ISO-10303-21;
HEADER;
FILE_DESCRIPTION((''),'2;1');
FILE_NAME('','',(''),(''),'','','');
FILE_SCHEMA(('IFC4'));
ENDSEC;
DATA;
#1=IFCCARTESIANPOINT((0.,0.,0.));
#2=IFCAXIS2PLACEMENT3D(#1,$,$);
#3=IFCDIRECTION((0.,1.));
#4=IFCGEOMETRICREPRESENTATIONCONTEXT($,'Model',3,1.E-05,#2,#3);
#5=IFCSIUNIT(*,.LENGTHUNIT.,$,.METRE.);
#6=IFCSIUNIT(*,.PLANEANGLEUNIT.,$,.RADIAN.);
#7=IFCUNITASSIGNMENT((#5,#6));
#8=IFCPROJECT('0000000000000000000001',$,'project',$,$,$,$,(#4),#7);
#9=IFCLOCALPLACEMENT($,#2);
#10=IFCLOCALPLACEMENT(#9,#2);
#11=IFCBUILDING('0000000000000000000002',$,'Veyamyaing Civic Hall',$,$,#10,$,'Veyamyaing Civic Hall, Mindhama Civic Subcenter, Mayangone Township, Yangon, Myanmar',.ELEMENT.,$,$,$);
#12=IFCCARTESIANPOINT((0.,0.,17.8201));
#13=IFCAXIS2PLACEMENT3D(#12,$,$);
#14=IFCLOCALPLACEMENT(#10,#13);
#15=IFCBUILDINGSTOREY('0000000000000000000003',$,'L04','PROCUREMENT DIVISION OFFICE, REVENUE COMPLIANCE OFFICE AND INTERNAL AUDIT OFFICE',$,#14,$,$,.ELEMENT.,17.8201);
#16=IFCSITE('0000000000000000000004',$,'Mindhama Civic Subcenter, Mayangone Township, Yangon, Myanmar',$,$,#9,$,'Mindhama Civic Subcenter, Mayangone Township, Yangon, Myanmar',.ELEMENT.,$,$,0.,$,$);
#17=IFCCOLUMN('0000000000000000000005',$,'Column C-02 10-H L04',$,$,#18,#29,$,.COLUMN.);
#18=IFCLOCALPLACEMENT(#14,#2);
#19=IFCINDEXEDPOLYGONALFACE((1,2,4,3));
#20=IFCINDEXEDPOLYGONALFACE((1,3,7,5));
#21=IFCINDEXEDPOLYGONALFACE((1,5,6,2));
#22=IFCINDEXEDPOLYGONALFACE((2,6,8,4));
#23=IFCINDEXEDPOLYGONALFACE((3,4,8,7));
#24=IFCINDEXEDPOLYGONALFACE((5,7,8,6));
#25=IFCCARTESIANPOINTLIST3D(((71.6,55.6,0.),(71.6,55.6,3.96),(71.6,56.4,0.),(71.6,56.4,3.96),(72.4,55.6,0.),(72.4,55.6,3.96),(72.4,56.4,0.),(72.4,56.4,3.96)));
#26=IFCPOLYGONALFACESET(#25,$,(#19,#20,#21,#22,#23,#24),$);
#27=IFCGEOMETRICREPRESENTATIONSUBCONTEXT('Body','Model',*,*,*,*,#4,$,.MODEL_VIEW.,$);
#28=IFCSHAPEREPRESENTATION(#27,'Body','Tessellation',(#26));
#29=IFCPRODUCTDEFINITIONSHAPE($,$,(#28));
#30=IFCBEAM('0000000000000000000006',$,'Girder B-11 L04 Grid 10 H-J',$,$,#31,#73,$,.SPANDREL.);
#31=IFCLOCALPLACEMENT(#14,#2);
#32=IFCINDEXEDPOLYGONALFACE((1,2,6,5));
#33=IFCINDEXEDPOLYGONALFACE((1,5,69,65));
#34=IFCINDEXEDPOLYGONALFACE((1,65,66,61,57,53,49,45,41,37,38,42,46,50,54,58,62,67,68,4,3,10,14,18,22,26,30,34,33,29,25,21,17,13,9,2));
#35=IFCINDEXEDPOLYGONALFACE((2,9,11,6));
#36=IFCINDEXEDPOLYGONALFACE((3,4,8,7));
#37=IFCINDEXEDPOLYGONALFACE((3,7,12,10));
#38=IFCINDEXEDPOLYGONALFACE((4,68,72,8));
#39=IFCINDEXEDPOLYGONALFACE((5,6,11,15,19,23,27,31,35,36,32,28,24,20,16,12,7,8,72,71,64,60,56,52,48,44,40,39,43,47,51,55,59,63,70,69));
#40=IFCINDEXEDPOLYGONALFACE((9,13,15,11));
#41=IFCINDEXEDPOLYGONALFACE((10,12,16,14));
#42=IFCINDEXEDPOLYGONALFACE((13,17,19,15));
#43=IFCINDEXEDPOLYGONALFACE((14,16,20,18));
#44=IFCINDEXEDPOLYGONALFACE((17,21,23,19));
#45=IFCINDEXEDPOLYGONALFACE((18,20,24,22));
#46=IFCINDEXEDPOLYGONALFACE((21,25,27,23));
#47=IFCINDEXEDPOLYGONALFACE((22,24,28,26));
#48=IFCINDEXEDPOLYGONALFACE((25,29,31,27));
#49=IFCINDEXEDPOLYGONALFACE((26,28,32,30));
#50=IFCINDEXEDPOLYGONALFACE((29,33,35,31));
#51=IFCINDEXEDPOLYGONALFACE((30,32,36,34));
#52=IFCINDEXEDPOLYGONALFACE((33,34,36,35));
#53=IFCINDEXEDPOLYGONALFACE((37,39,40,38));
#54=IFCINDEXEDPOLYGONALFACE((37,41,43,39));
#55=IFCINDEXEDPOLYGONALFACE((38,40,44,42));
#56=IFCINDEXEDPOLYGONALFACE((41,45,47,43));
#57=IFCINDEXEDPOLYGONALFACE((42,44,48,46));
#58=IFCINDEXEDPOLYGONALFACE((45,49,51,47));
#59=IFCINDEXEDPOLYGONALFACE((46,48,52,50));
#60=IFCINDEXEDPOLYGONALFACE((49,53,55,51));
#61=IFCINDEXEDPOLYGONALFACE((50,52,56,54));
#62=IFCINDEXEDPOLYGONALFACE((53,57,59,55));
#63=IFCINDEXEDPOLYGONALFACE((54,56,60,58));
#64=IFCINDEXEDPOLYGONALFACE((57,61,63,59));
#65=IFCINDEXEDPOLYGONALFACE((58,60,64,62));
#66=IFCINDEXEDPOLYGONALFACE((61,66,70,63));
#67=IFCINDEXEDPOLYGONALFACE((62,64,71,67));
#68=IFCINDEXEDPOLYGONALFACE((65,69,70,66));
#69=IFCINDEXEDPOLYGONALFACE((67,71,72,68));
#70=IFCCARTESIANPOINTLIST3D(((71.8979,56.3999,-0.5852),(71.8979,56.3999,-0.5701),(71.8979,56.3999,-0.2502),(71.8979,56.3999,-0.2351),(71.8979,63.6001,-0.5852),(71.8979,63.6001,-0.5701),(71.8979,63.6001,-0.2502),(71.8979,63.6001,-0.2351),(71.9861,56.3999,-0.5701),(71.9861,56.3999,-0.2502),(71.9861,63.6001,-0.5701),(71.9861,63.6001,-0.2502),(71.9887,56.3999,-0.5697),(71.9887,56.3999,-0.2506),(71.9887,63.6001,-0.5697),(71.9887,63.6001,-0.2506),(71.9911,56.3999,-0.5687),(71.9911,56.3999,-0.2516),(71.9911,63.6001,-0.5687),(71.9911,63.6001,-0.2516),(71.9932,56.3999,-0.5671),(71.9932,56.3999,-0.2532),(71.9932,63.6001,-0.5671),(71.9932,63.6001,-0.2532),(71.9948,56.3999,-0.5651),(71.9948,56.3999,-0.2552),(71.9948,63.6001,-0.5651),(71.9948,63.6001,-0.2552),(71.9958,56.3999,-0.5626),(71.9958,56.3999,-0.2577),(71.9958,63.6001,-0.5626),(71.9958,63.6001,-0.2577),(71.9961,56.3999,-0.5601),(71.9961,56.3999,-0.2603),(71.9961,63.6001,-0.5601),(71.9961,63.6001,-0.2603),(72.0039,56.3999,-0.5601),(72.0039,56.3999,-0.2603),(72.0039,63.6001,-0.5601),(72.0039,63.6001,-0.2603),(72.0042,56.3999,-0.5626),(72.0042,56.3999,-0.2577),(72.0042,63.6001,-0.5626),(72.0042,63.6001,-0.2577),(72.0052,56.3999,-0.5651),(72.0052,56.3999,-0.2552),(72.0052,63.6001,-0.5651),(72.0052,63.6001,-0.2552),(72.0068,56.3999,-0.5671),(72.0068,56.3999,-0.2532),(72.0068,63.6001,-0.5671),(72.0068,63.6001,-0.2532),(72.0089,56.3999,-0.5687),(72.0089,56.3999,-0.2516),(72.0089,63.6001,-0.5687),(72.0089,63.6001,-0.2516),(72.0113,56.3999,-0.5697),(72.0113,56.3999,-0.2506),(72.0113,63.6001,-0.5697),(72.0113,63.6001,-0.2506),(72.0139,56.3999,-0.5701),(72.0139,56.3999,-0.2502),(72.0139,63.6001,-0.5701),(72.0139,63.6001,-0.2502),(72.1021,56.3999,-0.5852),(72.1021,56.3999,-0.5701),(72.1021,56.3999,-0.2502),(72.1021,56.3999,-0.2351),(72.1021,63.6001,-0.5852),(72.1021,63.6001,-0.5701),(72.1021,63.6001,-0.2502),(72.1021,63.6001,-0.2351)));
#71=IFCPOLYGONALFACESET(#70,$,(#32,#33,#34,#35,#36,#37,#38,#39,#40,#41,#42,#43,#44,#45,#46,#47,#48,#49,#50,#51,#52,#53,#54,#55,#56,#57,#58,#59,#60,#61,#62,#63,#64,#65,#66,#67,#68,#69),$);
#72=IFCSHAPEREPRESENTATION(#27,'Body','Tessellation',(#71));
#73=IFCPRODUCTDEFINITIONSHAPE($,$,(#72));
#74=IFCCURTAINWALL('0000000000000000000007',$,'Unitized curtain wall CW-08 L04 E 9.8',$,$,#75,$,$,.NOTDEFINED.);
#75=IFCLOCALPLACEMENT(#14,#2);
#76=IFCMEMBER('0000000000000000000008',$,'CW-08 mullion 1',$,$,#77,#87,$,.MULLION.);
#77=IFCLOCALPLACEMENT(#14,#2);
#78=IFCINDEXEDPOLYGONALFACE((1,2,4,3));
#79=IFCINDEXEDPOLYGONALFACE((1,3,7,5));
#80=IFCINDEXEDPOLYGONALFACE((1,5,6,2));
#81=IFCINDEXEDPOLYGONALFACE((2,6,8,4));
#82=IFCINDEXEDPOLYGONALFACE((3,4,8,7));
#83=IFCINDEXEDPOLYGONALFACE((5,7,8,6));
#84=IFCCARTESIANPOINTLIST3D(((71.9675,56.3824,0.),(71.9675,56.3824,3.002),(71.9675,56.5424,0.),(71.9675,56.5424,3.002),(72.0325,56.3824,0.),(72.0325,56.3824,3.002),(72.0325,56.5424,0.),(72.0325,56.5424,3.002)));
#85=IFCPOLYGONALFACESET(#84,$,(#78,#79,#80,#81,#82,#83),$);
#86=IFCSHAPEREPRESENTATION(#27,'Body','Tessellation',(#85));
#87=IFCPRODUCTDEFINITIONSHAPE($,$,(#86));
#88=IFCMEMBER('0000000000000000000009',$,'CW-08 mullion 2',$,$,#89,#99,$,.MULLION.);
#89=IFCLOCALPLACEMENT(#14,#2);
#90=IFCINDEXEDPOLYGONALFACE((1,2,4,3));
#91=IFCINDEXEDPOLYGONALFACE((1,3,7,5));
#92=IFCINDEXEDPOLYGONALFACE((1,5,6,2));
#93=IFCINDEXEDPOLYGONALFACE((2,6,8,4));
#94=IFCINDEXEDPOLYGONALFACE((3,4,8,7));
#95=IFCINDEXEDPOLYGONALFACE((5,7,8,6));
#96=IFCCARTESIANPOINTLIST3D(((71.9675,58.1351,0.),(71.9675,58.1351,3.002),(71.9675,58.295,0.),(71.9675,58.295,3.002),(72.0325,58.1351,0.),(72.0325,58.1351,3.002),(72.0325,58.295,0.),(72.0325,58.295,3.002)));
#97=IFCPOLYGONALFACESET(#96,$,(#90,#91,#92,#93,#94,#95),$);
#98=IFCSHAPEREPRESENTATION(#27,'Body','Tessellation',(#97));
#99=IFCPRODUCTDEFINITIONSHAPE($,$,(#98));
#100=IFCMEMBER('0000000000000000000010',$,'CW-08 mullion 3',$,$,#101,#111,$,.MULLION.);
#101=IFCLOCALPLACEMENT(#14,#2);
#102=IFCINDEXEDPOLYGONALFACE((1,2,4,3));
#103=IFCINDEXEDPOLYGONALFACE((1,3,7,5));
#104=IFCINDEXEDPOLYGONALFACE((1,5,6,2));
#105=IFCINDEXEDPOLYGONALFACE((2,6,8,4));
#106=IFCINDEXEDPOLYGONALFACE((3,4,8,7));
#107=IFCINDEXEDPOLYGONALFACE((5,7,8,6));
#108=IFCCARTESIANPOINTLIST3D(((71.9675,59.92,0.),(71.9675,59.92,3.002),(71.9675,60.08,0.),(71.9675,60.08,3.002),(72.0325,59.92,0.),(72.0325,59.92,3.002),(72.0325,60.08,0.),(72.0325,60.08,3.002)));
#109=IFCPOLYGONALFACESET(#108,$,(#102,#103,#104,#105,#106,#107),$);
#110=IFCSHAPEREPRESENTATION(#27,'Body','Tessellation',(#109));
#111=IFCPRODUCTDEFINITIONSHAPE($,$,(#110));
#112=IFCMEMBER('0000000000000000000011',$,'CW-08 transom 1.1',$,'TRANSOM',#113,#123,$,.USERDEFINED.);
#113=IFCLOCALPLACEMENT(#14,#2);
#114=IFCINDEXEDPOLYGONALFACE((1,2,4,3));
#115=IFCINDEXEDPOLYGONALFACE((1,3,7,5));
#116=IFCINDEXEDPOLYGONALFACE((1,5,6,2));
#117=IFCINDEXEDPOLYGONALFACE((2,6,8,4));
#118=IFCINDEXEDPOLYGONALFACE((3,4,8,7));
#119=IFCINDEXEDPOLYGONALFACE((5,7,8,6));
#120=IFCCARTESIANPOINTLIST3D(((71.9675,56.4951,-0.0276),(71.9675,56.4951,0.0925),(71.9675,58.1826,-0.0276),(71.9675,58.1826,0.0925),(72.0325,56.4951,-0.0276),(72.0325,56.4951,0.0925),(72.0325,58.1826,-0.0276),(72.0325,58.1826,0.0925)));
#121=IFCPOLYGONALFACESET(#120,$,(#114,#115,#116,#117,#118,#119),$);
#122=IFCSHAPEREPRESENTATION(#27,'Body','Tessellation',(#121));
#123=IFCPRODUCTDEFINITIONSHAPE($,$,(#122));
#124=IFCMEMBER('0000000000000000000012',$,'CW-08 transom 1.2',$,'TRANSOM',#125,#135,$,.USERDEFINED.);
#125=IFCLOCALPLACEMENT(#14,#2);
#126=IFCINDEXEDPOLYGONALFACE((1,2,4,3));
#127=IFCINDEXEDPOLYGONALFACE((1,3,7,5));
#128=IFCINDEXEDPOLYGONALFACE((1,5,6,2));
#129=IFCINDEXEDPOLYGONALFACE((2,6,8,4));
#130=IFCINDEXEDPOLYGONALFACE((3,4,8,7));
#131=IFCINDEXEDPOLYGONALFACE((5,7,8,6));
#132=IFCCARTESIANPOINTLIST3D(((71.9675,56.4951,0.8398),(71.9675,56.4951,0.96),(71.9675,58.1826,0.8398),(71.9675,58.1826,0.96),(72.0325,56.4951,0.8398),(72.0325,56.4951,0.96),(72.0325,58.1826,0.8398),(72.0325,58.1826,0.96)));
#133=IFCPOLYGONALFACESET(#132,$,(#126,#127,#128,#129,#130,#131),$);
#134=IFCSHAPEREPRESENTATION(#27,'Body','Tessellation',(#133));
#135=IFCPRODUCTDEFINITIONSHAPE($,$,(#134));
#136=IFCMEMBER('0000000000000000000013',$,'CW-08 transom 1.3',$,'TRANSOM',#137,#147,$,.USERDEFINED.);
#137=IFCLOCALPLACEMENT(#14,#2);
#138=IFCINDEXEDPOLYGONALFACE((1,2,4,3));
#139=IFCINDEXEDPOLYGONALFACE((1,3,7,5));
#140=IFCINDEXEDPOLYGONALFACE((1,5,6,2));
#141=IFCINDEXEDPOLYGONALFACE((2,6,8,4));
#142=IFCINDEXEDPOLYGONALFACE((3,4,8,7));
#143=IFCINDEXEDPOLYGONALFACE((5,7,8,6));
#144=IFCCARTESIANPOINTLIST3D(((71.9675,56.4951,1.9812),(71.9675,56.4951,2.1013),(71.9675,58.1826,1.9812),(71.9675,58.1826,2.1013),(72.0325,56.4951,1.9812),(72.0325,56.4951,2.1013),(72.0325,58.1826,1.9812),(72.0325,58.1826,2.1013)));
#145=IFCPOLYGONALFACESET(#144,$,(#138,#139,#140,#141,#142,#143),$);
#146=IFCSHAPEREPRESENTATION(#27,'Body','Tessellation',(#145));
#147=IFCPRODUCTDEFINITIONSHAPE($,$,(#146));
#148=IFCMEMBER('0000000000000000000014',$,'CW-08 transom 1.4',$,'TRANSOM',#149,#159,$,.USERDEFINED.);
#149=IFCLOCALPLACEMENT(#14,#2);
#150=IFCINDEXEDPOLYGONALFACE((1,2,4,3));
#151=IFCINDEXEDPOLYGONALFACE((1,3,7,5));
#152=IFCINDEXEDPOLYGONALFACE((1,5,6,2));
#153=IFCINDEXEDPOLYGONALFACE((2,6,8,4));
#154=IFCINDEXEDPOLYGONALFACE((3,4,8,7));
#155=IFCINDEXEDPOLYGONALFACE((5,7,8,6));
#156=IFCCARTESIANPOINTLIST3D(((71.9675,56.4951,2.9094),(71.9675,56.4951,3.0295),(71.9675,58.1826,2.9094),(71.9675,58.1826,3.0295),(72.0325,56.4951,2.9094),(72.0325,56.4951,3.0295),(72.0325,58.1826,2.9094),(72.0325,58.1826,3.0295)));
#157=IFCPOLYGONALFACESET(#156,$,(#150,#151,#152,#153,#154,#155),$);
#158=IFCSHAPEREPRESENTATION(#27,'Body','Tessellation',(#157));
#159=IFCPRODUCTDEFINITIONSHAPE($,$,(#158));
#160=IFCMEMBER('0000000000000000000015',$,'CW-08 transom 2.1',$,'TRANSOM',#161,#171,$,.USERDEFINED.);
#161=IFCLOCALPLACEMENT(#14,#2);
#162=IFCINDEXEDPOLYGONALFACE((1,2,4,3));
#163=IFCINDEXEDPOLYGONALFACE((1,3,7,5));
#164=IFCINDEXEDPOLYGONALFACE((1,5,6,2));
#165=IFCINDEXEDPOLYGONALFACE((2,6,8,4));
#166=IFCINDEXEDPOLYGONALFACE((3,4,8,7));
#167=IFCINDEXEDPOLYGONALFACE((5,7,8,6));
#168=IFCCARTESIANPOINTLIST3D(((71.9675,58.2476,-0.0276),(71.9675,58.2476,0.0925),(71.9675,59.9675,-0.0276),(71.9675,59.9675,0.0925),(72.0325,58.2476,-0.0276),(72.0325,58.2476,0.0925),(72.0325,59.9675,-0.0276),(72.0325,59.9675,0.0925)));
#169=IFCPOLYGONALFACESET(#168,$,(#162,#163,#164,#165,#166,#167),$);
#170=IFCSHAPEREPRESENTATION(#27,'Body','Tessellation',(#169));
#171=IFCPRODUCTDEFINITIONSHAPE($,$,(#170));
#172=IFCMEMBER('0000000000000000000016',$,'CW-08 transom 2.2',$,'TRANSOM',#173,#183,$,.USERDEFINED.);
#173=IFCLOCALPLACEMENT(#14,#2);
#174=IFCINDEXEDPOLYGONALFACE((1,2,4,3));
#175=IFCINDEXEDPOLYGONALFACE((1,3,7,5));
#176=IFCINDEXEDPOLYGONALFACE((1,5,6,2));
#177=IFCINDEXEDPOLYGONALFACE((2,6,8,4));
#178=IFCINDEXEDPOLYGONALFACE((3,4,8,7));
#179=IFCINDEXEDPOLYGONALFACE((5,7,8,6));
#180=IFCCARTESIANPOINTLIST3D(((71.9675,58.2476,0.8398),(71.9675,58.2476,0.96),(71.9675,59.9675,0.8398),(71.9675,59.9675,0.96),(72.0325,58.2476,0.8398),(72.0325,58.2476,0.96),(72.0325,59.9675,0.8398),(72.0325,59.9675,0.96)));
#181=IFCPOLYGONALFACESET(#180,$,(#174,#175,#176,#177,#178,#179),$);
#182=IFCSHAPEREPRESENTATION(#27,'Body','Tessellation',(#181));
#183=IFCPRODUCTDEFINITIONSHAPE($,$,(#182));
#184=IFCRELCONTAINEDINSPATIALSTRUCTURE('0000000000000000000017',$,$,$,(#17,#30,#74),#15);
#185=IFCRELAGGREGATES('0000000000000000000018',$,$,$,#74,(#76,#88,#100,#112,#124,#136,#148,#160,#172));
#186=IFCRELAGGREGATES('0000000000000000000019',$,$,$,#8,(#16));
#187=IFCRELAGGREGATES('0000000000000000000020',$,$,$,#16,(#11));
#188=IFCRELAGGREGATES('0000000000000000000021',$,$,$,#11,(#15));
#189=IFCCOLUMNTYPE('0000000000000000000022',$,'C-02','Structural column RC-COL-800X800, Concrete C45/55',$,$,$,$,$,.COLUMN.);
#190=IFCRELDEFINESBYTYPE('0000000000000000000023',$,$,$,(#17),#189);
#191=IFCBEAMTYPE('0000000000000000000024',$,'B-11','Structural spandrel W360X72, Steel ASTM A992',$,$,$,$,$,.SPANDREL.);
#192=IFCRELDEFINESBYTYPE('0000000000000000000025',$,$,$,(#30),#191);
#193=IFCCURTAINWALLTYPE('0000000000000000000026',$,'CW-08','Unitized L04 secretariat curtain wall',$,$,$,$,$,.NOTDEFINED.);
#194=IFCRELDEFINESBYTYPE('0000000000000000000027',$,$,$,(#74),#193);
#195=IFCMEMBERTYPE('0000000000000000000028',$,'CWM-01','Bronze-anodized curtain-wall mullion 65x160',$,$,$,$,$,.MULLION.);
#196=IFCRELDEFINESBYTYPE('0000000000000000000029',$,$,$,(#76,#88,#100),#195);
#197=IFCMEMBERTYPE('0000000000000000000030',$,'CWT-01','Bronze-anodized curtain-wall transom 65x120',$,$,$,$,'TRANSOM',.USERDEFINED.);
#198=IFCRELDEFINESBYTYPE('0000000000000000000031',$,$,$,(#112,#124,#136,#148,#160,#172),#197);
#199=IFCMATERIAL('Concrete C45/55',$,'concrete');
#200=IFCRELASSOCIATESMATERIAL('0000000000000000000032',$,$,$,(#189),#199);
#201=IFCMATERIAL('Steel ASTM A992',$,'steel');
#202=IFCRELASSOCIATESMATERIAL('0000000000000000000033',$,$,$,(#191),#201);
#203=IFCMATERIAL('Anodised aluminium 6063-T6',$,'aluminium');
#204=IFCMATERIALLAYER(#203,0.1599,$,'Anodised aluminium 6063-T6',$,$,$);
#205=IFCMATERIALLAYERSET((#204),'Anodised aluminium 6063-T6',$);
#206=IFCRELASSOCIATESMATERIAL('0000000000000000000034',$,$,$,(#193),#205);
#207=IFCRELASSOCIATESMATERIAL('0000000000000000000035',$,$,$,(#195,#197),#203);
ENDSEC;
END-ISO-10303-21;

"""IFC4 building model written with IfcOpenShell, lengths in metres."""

from ifc_helpers import new_model, si_unit, direction, frame, origin, origin_2d, place, context, subcontext, project, spatial, rectangle, i_section, extrude, material, layer, layer_set, material_profile, profile_set, type_object, element, aggregate, save


model = new_model("IFC4")

# Units and contexts
model_context = context("Model", 3, precision=1e-05, world=origin(), true_north=direction((0.0, 1.0)))
body_context = subcontext(model_context, "Body", "Model", "MODEL_VIEW")
ifc_project = project(units=[si_unit("LENGTHUNIT", "METRE"), si_unit("PLANEANGLEUNIT", "RADIAN")], contexts=[model_context])

# Site, building, storey
site_placement = place(None, origin())
site = spatial("IfcSite", under=ifc_project, at=site_placement, Name="Mindhama Civic Subcenter, Mayangone Township, Yangon, Myanmar", LongName="Mindhama Civic Subcenter, Mayangone Township, Yangon, Myanmar", CompositionType="ELEMENT", RefElevation=0.0)
building_placement = place(site_placement, origin())
building = spatial("IfcBuilding", under=site, at=building_placement, Name="Veyamyaing Civic Hall", LongName="Veyamyaing Civic Hall, Mindhama Civic Subcenter, Mayangone Township, Yangon, Myanmar", CompositionType="ELEMENT")
storey_placement = place(building_placement, frame((0.0, 0.0, 17.8201)))
storey = spatial("IfcBuildingStorey", under=building, at=storey_placement, Name="L04", Description="PROCUREMENT DIVISION OFFICE, REVENUE COMPLIANCE OFFICE AND INTERNAL AUDIT OFFICE", CompositionType="ELEMENT", Elevation=17.8201)

# Column
ifc_material_1 = material(Name="Concrete C45/55", Category="concrete")
ifc_material_profile_1 = material_profile(ifc_material_1, rectangle(XDim=0.8, YDim=0.8, at=origin_2d()), Name="RC-COL-800X800")
ifc_profile_set_1 = profile_set([ifc_material_profile_1], Name="Concrete C45/55")
column_type = type_object("IfcColumnType", Name="C-02", Description="Structural column RC-COL-800X800, Concrete C45/55", PredefinedType="COLUMN", material=ifc_profile_set_1)
column_placement = place(storey_placement, frame((72.0, 56.0, 0.0), z_axis=(0.0, 0.0, 1.0), x_axis=(1.0, 0.0, 0.0)))
element("IfcColumn", 1, at=column_placement, inside=storey, type_object=column_type, Name="Column C-02 10-H L04", PredefinedType="COLUMN", context=body_context, shape_type="SweptSolid", body=[
    extrude(rectangle(XDim=0.8, YDim=0.8, at=origin_2d()), origin(), (0.0, 0.0, 1.0), 3.96),
])

# Beam
ifc_material_2 = material(Name="Steel ASTM A992", Category="steel")
ifc_material_profile_2 = material_profile(ifc_material_2, i_section(OverallWidth=0.2041, OverallDepth=0.3501, WebThickness=0.0078, FlangeThickness=0.0151, FilletRadius=0.01, at=origin_2d()), Name="W360X72")
ifc_profile_set_2 = profile_set([ifc_material_profile_2], Name="Steel ASTM A992")
beam_type_1 = type_object("IfcBeamType", Name="B-11", Description="Structural spandrel W360X72, Steel ASTM A992", PredefinedType="SPANDREL", material=ifc_profile_set_2)
beam_1_placement = place(storey_placement, frame((72.0, 56.3999, -0.4102), z_axis=(0.0, 1.0, 0.0), x_axis=(-1.0, 0.0, 0.0)))
element("IfcBeam", 2, at=beam_1_placement, inside=storey, type_object=beam_type_1, Name="Girder B-11 L04 Grid 10 H-J", PredefinedType="SPANDREL", context=body_context, shape_type="SweptSolid", body=[
    extrude(i_section(OverallWidth=0.2041, OverallDepth=0.3501, WebThickness=0.0078, FlangeThickness=0.0151, FilletRadius=0.01, at=origin_2d()), origin(), (0.0, 0.0, 1.0), 7.2002),
])

# Curtain wall, members
ifc_material_3 = material(Name="Anodised aluminium 6063-T6", Category="aluminium")
ifc_layer_1 = layer(ifc_material_3, 0.1599, Name="Anodised aluminium 6063-T6")
ifc_layer_set_1 = layer_set([ifc_layer_1], Name="Anodised aluminium 6063-T6")
curtain_wall_type = type_object("IfcCurtainWallType", Name="CW-08", Description="Unitized L04 secretariat curtain wall", PredefinedType="NOTDEFINED", material=ifc_layer_set_1)
curtain_wall_placement = place(storey_placement, origin())
curtain_wall = element("IfcCurtainWall", 3, at=curtain_wall_placement, inside=storey, type_object=curtain_wall_type, Name="Unitized curtain wall CW-08 L04 E 9.8", PredefinedType="NOTDEFINED")
ifc_material_profile_3 = material_profile(ifc_material_3, rectangle(XDim=0.0649, YDim=0.1599, at=origin_2d()), Name="ALU-MUL-65X160")
ifc_profile_set_3 = profile_set([ifc_material_profile_3], Name="Anodised aluminium 6063-T6")
member_type_1 = type_object("IfcMemberType", Name="CWM-01", Description="Bronze-anodized curtain-wall mullion 65x160", PredefinedType="MULLION", material=ifc_profile_set_3)
member_1_placement = place(storey_placement, frame((72.0, 56.4624, 0.0), z_axis=(0.0, 0.0, 1.0), x_axis=(-1.0, 0.0, 0.0)))
member_1 = element("IfcMember", 4, at=member_1_placement, type_object=member_type_1, Name="CW-08 mullion 1", PredefinedType="MULLION", context=body_context, shape_type="SweptSolid", body=[
    extrude(rectangle(XDim=0.0649, YDim=0.1599, at=origin_2d()), origin(), (0.0, 0.0, 1.0), 3.002),
])
member_2_placement = place(storey_placement, frame((72.0, 58.2151, 0.0), z_axis=(0.0, 0.0, 1.0), x_axis=(-1.0, 0.0, 0.0)))
member_2 = element("IfcMember", 5, at=member_2_placement, type_object=member_type_1, Name="CW-08 mullion 2", PredefinedType="MULLION", context=body_context, shape_type="SweptSolid", body=[
    extrude(rectangle(XDim=0.0649, YDim=0.1599, at=origin_2d()), origin(), (0.0, 0.0, 1.0), 3.002),
])
member_3_placement = place(storey_placement, frame((72.0, 60.0, 0.0), z_axis=(0.0, 0.0, 1.0), x_axis=(-1.0, 0.0, 0.0)))
member_3 = element("IfcMember", 6, at=member_3_placement, type_object=member_type_1, Name="CW-08 mullion 3", PredefinedType="MULLION", context=body_context, shape_type="SweptSolid", body=[
    extrude(rectangle(XDim=0.0649, YDim=0.1599, at=origin_2d()), origin(), (0.0, 0.0, 1.0), 3.002),
])
ifc_material_profile_4 = material_profile(ifc_material_3, rectangle(XDim=0.0649, YDim=0.1201, at=origin_2d()), Name="ALU-TRN-65X120")
ifc_profile_set_4 = profile_set([ifc_material_profile_4], Name="Anodised aluminium 6063-T6")
member_type_2 = type_object("IfcMemberType", Name="CWT-01", Description="Bronze-anodized curtain-wall transom 65x120", ElementType="TRANSOM", PredefinedType="USERDEFINED", material=ifc_profile_set_4)
member_4_placement = place(storey_placement, frame((72.0, 56.4951, 0.0325), z_axis=(0.0, 1.0, 0.0), x_axis=(-1.0, 0.0, 0.0)))
member_4 = element("IfcMember", 7, at=member_4_placement, type_object=member_type_2, Name="CW-08 transom 1.1", ObjectType="TRANSOM", PredefinedType="USERDEFINED", context=body_context, shape_type="SweptSolid", body=[
    extrude(rectangle(XDim=0.0649, YDim=0.1201, at=origin_2d()), origin(), (0.0, 0.0, 1.0), 1.6875),
])
member_5_placement = place(storey_placement, frame((72.0, 56.4951, 0.8999), z_axis=(0.0, 1.0, 0.0), x_axis=(-1.0, 0.0, 0.0)))
member_5 = element("IfcMember", 8, at=member_5_placement, type_object=member_type_2, Name="CW-08 transom 1.2", ObjectType="TRANSOM", PredefinedType="USERDEFINED", context=body_context, shape_type="SweptSolid", body=[
    extrude(rectangle(XDim=0.0649, YDim=0.1201, at=origin_2d()), origin(), (0.0, 0.0, 1.0), 1.6875),
])
member_6_placement = place(storey_placement, frame((72.0, 56.4951, 2.0413), z_axis=(0.0, 1.0, 0.0), x_axis=(-1.0, 0.0, 0.0)))
member_6 = element("IfcMember", 9, at=member_6_placement, type_object=member_type_2, Name="CW-08 transom 1.3", ObjectType="TRANSOM", PredefinedType="USERDEFINED", context=body_context, shape_type="SweptSolid", body=[
    extrude(rectangle(XDim=0.0649, YDim=0.1201, at=origin_2d()), origin(), (0.0, 0.0, 1.0), 1.6875),
])
member_7_placement = place(storey_placement, frame((72.0, 56.4951, 2.9695), z_axis=(0.0, 1.0, 0.0), x_axis=(-1.0, 0.0, 0.0)))
member_7 = element("IfcMember", 10, at=member_7_placement, type_object=member_type_2, Name="CW-08 transom 1.4", ObjectType="TRANSOM", PredefinedType="USERDEFINED", context=body_context, shape_type="SweptSolid", body=[
    extrude(rectangle(XDim=0.0649, YDim=0.1201, at=origin_2d()), origin(), (0.0, 0.0, 1.0), 1.6875),
])
member_8_placement = place(storey_placement, frame((72.0, 58.2476, 0.0325), z_axis=(0.0, 1.0, 0.0), x_axis=(-1.0, 0.0, 0.0)))
member_8 = element("IfcMember", 11, at=member_8_placement, type_object=member_type_2, Name="CW-08 transom 2.1", ObjectType="TRANSOM", PredefinedType="USERDEFINED", context=body_context, shape_type="SweptSolid", body=[
    extrude(rectangle(XDim=0.0649, YDim=0.1201, at=origin_2d()), origin(), (0.0, 0.0, 1.0), 1.72),
])
member_9_placement = place(storey_placement, frame((72.0, 58.2476, 0.8999), z_axis=(0.0, 1.0, 0.0), x_axis=(-1.0, 0.0, 0.0)))
member_9 = element("IfcMember", 12, at=member_9_placement, type_object=member_type_2, Name="CW-08 transom 2.2", ObjectType="TRANSOM", PredefinedType="USERDEFINED", context=body_context, shape_type="SweptSolid", body=[
    extrude(rectangle(XDim=0.0649, YDim=0.1201, at=origin_2d()), origin(), (0.0, 0.0, 1.0), 1.72),
])

aggregate(curtain_wall, [member_1, member_2, member_3, member_4, member_5, member_6, member_7, member_8, member_9])

save(model, "model.ifc")
